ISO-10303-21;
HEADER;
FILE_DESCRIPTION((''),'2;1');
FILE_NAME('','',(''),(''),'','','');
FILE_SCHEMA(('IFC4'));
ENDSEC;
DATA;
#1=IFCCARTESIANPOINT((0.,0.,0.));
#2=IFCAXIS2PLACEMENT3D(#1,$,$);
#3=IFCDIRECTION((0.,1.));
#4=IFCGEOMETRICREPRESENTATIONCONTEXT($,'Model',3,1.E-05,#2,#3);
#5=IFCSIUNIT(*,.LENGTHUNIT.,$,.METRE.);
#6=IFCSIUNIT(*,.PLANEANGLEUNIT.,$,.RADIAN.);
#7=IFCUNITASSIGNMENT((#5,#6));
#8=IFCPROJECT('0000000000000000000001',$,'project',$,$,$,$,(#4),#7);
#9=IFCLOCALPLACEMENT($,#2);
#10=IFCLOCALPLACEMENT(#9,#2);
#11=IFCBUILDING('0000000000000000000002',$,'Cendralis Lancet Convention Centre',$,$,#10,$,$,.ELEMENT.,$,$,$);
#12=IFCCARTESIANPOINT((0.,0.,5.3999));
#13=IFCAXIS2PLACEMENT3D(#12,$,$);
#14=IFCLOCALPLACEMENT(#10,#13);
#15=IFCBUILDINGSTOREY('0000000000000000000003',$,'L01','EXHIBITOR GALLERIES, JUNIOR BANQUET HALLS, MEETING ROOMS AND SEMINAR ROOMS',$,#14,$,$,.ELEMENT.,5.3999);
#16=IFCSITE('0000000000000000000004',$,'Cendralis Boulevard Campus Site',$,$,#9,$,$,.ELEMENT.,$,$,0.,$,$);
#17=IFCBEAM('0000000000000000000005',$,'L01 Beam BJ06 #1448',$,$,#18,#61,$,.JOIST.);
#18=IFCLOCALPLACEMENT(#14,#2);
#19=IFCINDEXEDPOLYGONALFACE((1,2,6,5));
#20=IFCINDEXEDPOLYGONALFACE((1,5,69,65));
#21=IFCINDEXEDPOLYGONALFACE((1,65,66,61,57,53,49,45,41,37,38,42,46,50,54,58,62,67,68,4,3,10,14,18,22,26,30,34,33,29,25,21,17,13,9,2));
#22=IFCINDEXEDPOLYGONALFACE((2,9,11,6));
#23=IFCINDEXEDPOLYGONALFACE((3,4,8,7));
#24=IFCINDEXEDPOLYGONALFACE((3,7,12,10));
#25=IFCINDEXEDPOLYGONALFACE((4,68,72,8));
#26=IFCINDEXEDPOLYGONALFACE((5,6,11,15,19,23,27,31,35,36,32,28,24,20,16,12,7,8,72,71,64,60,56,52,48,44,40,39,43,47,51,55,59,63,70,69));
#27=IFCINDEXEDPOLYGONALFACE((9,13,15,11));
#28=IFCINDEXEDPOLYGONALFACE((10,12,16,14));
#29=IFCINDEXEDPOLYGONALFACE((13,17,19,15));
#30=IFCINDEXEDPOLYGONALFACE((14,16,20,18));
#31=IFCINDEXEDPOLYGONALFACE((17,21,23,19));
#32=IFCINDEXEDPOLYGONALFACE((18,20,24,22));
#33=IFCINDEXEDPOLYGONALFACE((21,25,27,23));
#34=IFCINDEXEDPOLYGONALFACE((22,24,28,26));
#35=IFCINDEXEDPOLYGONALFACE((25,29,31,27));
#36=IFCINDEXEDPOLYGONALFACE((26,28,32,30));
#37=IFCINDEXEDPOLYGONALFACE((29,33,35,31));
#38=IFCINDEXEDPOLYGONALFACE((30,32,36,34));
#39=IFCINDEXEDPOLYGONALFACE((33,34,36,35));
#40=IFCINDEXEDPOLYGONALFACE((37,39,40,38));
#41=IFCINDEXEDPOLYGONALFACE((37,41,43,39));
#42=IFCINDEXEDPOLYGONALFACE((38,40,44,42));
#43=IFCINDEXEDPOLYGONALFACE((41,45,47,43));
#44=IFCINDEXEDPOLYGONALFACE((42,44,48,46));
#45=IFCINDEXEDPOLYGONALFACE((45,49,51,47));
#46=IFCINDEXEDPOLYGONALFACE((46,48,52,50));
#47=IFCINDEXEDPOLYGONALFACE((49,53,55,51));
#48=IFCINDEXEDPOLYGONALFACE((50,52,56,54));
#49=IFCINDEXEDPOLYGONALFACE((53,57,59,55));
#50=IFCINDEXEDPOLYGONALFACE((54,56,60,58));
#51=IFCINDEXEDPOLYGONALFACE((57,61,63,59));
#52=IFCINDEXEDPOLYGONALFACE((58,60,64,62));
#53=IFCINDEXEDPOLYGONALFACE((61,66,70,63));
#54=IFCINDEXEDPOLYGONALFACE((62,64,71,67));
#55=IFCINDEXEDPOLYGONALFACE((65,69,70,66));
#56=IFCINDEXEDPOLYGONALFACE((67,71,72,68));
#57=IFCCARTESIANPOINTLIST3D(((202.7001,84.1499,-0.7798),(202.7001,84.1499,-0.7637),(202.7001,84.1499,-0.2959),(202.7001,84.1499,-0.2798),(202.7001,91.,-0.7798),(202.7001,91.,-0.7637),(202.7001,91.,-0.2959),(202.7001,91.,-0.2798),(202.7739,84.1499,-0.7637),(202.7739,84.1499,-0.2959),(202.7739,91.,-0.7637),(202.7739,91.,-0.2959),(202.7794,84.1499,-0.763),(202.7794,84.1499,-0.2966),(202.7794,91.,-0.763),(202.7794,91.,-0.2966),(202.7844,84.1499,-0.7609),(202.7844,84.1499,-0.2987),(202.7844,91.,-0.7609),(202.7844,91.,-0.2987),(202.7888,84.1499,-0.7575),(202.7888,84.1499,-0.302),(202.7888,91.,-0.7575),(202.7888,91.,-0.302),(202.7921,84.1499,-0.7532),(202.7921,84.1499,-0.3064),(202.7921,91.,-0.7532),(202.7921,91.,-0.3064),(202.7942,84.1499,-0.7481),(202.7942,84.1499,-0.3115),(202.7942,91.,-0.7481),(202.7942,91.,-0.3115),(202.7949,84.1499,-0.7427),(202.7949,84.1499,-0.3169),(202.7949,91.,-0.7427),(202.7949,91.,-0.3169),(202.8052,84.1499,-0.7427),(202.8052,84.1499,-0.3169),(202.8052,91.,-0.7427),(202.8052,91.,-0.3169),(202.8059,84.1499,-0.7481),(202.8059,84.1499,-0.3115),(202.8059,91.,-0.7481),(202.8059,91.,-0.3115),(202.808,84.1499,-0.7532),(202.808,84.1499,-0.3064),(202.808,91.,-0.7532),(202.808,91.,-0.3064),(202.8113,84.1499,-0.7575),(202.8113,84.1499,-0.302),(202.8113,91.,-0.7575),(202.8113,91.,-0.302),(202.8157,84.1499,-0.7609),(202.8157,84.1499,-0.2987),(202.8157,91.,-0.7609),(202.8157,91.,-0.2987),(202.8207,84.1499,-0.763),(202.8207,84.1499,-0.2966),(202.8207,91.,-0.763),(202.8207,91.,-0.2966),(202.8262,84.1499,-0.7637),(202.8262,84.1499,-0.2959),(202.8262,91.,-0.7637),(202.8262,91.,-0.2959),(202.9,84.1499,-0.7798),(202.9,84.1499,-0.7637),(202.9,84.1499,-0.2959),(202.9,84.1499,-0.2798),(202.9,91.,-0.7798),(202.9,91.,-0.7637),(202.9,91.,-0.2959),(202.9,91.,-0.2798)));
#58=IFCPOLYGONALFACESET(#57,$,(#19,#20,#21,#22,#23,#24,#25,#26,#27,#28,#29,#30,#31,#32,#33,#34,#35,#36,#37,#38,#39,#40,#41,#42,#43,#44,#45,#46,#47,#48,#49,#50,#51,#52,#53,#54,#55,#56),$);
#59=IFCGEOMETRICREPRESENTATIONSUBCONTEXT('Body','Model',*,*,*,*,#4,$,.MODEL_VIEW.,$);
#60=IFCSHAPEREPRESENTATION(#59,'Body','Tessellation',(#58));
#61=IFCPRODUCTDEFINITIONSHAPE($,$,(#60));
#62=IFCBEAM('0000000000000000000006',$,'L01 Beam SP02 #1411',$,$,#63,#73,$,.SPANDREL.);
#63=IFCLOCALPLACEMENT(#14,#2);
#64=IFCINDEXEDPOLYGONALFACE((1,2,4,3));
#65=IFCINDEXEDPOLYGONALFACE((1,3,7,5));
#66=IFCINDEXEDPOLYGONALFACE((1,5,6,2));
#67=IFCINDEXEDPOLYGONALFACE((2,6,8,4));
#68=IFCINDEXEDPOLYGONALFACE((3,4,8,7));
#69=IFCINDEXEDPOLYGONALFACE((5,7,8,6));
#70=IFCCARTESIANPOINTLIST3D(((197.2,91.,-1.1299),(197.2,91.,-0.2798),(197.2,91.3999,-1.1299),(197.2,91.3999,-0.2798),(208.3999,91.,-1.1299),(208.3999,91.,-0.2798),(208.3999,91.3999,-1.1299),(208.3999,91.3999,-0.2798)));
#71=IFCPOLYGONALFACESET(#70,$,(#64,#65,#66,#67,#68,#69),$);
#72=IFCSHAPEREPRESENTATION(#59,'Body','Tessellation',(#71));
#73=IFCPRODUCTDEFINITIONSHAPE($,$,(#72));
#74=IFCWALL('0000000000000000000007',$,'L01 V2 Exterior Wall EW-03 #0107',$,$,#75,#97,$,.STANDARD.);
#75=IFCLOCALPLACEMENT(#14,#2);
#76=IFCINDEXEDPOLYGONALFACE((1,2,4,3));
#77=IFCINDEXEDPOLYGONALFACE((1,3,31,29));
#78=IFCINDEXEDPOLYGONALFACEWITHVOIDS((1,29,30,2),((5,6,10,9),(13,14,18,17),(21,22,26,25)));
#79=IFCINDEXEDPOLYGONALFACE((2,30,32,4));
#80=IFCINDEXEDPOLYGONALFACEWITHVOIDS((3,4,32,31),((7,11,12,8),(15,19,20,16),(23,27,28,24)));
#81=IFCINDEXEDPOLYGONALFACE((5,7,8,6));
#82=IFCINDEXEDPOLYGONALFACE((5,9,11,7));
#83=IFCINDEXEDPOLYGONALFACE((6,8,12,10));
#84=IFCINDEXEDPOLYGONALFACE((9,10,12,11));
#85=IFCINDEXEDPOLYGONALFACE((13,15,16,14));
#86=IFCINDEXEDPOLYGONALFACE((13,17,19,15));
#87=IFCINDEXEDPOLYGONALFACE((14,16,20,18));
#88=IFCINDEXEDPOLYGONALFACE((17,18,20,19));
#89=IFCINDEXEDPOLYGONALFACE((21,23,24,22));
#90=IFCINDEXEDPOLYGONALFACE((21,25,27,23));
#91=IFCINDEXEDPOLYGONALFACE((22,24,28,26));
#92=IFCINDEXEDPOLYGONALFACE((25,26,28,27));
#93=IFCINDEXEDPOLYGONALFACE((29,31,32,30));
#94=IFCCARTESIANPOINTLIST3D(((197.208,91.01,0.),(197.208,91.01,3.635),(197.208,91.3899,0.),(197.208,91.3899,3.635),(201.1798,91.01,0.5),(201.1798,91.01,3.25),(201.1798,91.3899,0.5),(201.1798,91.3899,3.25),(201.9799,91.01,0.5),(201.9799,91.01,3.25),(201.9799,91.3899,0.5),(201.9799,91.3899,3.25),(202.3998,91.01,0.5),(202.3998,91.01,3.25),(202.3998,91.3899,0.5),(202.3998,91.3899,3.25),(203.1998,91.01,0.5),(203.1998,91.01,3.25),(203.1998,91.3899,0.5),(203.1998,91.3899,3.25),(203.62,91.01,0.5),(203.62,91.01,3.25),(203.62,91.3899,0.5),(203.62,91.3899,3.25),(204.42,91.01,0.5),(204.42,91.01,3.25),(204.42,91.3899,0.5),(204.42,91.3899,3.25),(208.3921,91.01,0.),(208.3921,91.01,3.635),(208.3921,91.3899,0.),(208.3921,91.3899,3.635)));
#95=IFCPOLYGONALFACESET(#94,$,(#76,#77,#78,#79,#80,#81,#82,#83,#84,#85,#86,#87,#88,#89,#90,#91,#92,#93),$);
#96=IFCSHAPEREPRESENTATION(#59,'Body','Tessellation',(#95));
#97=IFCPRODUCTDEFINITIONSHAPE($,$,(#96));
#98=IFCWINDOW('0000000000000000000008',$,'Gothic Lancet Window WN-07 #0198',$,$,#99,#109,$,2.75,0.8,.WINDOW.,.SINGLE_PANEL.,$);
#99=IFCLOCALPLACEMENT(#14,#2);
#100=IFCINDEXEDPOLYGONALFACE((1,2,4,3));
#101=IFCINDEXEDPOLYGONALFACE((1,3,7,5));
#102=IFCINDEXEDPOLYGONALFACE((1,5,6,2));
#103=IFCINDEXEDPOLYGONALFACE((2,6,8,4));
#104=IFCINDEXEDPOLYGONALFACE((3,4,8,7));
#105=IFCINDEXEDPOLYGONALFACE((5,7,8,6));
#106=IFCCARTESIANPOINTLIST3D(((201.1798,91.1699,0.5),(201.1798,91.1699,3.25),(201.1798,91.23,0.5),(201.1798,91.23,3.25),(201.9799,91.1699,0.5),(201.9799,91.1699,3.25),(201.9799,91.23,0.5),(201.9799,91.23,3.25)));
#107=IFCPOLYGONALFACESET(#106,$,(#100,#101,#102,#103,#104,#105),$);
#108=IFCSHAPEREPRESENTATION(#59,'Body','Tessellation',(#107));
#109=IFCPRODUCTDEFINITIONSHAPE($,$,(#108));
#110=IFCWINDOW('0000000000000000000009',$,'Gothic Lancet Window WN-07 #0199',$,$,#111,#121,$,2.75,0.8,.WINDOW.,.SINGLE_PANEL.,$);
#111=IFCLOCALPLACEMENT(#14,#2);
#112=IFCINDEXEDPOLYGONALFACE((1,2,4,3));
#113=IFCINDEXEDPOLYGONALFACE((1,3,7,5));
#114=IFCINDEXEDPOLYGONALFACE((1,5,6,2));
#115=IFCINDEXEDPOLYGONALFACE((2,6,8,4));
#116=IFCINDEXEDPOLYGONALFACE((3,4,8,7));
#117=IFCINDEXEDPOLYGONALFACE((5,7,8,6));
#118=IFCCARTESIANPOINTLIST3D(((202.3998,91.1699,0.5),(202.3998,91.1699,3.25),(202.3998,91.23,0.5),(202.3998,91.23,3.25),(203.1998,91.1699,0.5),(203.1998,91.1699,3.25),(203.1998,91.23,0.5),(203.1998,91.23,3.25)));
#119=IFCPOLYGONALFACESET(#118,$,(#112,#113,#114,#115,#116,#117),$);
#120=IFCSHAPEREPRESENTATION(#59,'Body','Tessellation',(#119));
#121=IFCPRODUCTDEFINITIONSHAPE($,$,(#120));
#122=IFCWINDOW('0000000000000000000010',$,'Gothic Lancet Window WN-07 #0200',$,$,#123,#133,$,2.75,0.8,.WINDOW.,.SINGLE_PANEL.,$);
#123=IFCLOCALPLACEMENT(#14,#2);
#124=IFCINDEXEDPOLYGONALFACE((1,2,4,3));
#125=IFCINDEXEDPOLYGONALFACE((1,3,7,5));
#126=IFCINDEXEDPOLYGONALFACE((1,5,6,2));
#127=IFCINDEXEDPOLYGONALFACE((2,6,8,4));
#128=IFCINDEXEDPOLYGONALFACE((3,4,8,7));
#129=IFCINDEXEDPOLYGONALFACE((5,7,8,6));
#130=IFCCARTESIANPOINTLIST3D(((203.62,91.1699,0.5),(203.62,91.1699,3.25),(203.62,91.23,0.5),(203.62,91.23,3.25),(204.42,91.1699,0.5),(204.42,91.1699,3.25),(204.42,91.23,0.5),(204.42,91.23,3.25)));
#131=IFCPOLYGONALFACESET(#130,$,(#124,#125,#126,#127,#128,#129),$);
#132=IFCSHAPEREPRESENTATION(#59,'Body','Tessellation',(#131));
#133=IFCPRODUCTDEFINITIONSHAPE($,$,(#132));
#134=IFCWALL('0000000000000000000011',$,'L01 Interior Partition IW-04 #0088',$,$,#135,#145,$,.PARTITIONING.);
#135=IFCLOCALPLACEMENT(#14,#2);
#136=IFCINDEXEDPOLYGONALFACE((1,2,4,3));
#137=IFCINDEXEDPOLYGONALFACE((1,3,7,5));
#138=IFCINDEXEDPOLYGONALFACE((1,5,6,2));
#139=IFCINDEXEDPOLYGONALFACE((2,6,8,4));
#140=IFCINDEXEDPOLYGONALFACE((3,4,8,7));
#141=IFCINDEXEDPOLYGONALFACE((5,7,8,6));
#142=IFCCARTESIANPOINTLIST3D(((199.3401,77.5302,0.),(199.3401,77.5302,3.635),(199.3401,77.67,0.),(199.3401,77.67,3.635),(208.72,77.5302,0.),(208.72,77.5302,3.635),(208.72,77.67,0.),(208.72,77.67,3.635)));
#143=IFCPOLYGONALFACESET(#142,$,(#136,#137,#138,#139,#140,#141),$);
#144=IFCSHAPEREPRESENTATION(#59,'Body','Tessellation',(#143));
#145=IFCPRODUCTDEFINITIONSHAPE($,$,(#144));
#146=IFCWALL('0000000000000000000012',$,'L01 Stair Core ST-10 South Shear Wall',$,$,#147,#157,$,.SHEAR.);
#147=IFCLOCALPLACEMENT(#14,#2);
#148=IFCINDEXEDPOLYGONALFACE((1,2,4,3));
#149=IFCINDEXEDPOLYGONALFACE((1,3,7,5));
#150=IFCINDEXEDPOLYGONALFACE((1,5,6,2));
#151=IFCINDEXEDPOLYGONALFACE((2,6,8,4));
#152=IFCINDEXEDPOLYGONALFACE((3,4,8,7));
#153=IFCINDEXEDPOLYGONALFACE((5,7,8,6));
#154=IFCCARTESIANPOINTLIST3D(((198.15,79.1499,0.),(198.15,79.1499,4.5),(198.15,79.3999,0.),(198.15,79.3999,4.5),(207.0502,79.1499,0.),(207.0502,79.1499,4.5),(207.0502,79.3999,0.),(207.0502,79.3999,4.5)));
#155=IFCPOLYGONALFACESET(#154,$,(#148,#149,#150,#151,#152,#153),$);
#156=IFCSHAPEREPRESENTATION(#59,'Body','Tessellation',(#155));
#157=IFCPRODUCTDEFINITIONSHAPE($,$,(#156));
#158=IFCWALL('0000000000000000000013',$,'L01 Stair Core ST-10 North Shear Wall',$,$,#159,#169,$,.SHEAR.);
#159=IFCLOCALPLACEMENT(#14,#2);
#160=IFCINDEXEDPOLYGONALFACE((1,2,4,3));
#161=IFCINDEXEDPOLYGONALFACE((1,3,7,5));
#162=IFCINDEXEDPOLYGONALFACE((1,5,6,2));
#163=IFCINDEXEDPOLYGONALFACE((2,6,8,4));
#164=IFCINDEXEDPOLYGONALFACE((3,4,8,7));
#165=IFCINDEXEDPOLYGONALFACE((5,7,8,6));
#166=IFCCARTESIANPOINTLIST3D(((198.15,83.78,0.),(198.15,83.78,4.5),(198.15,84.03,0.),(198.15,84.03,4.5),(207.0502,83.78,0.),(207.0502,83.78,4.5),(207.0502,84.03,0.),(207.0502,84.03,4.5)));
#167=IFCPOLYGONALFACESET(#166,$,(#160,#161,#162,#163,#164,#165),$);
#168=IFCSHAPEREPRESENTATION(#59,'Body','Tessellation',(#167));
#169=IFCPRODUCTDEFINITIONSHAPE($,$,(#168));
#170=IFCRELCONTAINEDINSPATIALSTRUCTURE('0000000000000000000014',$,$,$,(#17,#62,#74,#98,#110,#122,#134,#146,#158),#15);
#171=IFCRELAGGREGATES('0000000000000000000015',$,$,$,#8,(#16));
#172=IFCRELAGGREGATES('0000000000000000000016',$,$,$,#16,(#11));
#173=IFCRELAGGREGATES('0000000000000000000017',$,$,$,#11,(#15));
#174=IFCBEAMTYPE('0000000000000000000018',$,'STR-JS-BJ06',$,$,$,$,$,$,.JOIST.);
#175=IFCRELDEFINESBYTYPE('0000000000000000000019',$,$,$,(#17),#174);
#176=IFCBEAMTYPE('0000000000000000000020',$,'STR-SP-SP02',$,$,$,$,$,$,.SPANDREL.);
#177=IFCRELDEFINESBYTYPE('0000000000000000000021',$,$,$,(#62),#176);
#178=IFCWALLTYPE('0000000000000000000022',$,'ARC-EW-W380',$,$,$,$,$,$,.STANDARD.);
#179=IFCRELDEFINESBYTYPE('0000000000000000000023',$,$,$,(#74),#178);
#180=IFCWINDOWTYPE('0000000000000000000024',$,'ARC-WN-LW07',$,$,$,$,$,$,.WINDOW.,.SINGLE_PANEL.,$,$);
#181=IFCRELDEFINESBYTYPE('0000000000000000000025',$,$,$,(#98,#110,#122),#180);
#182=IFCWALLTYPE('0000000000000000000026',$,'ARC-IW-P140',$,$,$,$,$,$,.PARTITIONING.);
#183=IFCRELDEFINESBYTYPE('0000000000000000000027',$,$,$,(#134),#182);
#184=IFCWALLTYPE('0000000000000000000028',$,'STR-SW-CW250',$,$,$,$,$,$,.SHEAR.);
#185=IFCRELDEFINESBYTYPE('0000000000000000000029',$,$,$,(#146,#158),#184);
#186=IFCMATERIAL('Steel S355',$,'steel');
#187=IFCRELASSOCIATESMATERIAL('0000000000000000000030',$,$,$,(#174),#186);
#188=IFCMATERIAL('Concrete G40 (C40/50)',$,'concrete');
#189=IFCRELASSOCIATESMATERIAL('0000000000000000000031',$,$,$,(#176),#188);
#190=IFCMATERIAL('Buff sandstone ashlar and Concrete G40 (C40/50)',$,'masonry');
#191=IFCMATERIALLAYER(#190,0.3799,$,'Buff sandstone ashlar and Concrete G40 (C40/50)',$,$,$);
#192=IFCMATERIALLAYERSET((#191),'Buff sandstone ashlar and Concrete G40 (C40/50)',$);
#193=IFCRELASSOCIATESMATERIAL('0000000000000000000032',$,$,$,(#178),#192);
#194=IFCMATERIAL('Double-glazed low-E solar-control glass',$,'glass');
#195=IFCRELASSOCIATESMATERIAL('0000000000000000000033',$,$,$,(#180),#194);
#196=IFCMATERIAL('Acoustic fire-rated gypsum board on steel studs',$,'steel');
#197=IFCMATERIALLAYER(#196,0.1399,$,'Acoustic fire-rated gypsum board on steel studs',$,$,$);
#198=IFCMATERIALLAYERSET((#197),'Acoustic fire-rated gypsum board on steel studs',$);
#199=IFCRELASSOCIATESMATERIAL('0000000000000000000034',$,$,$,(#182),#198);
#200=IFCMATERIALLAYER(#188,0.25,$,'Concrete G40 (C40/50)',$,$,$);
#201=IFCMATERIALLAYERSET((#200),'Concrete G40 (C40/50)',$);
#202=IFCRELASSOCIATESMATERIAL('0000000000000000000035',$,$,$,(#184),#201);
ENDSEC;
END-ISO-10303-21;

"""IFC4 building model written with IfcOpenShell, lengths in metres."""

from ifc_helpers import new_model, si_unit, direction, frame, frame_2d, origin, origin_2d, place, context, subcontext, project, spatial, rectangle, i_section, extrude, material, layer, layer_set, material_profile, profile_set, type_object, element, fill, save


model = new_model("IFC4")

# Units and contexts
model_context = context("Model", 3, precision=1e-05, world=origin(), true_north=direction((0.0, 1.0)))
body_context = subcontext(model_context, "Body", "Model", "MODEL_VIEW")
ifc_project = project(units=[si_unit("LENGTHUNIT", "METRE"), si_unit("PLANEANGLEUNIT", "RADIAN")], contexts=[model_context])

# Site, building, storey
site_placement = place(None, origin())
site = spatial("IfcSite", under=ifc_project, at=site_placement, Name="Cendralis Boulevard Campus Site", CompositionType="ELEMENT", RefElevation=0.0)
building_placement = place(site_placement, origin())
building = spatial("IfcBuilding", under=site, at=building_placement, Name="Cendralis Lancet Convention Centre", CompositionType="ELEMENT")
storey_placement = place(building_placement, frame((0.0, 0.0, 5.3999)))
storey = spatial("IfcBuildingStorey", under=building, at=storey_placement, Name="L01", Description="EXHIBITOR GALLERIES, JUNIOR BANQUET HALLS, MEETING ROOMS AND SEMINAR ROOMS", CompositionType="ELEMENT", Elevation=5.3999)

# Shared definitions
ifc_material_1 = material(Name="Concrete G40 (C40/50)", Category="concrete")

# Beams
ifc_material_2 = material(Name="Steel S355", Category="steel")
ifc_material_profile_1 = material_profile(ifc_material_2, i_section(OverallWidth=0.2, OverallDepth=0.5, WebThickness=0.0103, FlangeThickness=0.0161, FilletRadius=0.021, at=origin_2d()), Name="IPE 500")
ifc_profile_set_1 = profile_set([ifc_material_profile_1], Name="Steel S355")
beam_type_1 = type_object("IfcBeamType", Name="STR-JS-BJ06", PredefinedType="JOIST", material=ifc_profile_set_1)
beam_1_placement = place(storey_placement, frame((202.8, 84.1499, -0.5298), z_axis=(0.0, 1.0, 0.0), x_axis=(-1.0, 0.0, 0.0)))
element("IfcBeam", 1, at=beam_1_placement, inside=storey, type_object=beam_type_1, Name="L01 Beam BJ06 #1448", PredefinedType="JOIST", context=body_context, shape_type="SweptSolid", body=[
    extrude(i_section(OverallWidth=0.2, OverallDepth=0.5, WebThickness=0.0103, FlangeThickness=0.0161, FilletRadius=0.021, at=origin_2d()), origin(), (0.0, 0.0, 1.0), 6.8501),
])
ifc_material_profile_2 = material_profile(ifc_material_1, rectangle(XDim=0.3999, YDim=0.8501, at=origin_2d()), Name="RCB 400x850")
ifc_profile_set_2 = profile_set([ifc_material_profile_2], Name="Concrete G40 (C40/50)")
beam_type_2 = type_object("IfcBeamType", Name="STR-SP-SP02", PredefinedType="SPANDREL", material=ifc_profile_set_2)
beam_2_placement = place(storey_placement, frame((197.2, 91.2, -0.7048), z_axis=(1.0, 0.0, 0.0), x_axis=(0.0, 1.0, 0.0)))
element("IfcBeam", 2, at=beam_2_placement, inside=storey, type_object=beam_type_2, Name="L01 Beam SP02 #1411", PredefinedType="SPANDREL", context=body_context, shape_type="SweptSolid", body=[
    extrude(rectangle(XDim=0.3999, YDim=0.8501, at=origin_2d()), origin(), (0.0, 0.0, 1.0), 11.2),
])

# Wall, openings, windows
ifc_material_3 = material(Name="Buff sandstone ashlar and Concrete G40 (C40/50)", Category="masonry")
ifc_layer_1 = layer(ifc_material_3, 0.3799, Name="Buff sandstone ashlar and Concrete G40 (C40/50)")
ifc_layer_set_1 = layer_set([ifc_layer_1], Name="Buff sandstone ashlar and Concrete G40 (C40/50)")
wall_type_1 = type_object("IfcWallType", Name="ARC-EW-W380", PredefinedType="STANDARD", material=ifc_layer_set_1)
wall_1_placement = place(storey_placement, frame((197.208, 91.2, 0.0), z_axis=(0.0, 0.0, 1.0), x_axis=(1.0, 0.0, 0.0)))
wall_1 = element("IfcWall", 3, at=wall_1_placement, inside=storey, type_object=wall_type_1, Name="L01 V2 Exterior Wall EW-03 #0107", PredefinedType="STANDARD", context=body_context, shape_type="SweptSolid", body=[
    extrude(rectangle(XDim=11.1841, YDim=0.3799, at=frame_2d((5.592, 0.0))), origin(), (0.0, 0.0, 1.0), 3.635),
])
opening_1_placement = place(wall_1_placement, frame((3.9719, 0.0, 0.5)))
opening_1 = element("IfcOpeningElement", 4, at=opening_1_placement, cuts=wall_1, PredefinedType="OPENING", context=body_context, shape_type="SweptSolid", body=[
    extrude(rectangle(XDim=0.8, YDim=2.75, at=frame_2d((0.3999, 1.375))), frame((0.0, 0.2, 0.0), z_axis=(0.0, -1.0, 0.0), x_axis=(1.0, 0.0, 0.0)), (0.0, 0.0, 1.0), 0.3999),
])
opening_2_placement = place(wall_1_placement, frame((5.1919, 0.0, 0.5)))
opening_2 = element("IfcOpeningElement", 5, at=opening_2_placement, cuts=wall_1, PredefinedType="OPENING", context=body_context, shape_type="SweptSolid", body=[
    extrude(rectangle(XDim=0.8, YDim=2.75, at=frame_2d((0.3999, 1.375))), frame((0.0, 0.2, 0.0), z_axis=(0.0, -1.0, 0.0), x_axis=(1.0, 0.0, 0.0)), (0.0, 0.0, 1.0), 0.3999),
])
opening_3_placement = place(wall_1_placement, frame((6.4121, 0.0, 0.5)))
opening_3 = element("IfcOpeningElement", 6, at=opening_3_placement, cuts=wall_1, PredefinedType="OPENING", context=body_context, shape_type="SweptSolid", body=[
    extrude(rectangle(XDim=0.8, YDim=2.75, at=frame_2d((0.3999, 1.375))), frame((0.0, 0.2, 0.0), z_axis=(0.0, -1.0, 0.0), x_axis=(1.0, 0.0, 0.0)), (0.0, 0.0, 1.0), 0.3999),
])
ifc_material_4 = material(Name="Double-glazed low-E solar-control glass", Category="glass")
window_type = type_object("IfcWindowType", Name="ARC-WN-LW07", PartitioningType="SINGLE_PANEL", PredefinedType="WINDOW", material=ifc_material_4)
window_1_placement = place(opening_1_placement, origin())
window_1 = element("IfcWindow", 7, at=window_1_placement, inside=storey, type_object=window_type, Name="Gothic Lancet Window WN-07 #0198", OverallHeight=2.75, OverallWidth=0.8, PartitioningType="SINGLE_PANEL", PredefinedType="WINDOW", context=body_context, shape_type="SweptSolid", body=[
    extrude(rectangle(XDim=0.8, YDim=2.75, at=frame_2d((0.3999, 1.375))), frame((0.0, 0.03, 0.0), z_axis=(0.0, -1.0, 0.0), x_axis=(1.0, 0.0, 0.0)), (0.0, 0.0, 1.0), 0.0601),
])
fill(opening_1, window_1)
window_2_placement = place(opening_2_placement, origin())
window_2 = element("IfcWindow", 8, at=window_2_placement, inside=storey, type_object=window_type, Name="Gothic Lancet Window WN-07 #0199", OverallHeight=2.75, OverallWidth=0.8, PartitioningType="SINGLE_PANEL", PredefinedType="WINDOW", context=body_context, shape_type="SweptSolid", body=[
    extrude(rectangle(XDim=0.8, YDim=2.75, at=frame_2d((0.3999, 1.375))), frame((0.0, 0.03, 0.0), z_axis=(0.0, -1.0, 0.0), x_axis=(1.0, 0.0, 0.0)), (0.0, 0.0, 1.0), 0.0601),
])
fill(opening_2, window_2)
window_3_placement = place(opening_3_placement, origin())
window_3 = element("IfcWindow", 9, at=window_3_placement, inside=storey, type_object=window_type, Name="Gothic Lancet Window WN-07 #0200", OverallHeight=2.75, OverallWidth=0.8, PartitioningType="SINGLE_PANEL", PredefinedType="WINDOW", context=body_context, shape_type="SweptSolid", body=[
    extrude(rectangle(XDim=0.8, YDim=2.75, at=frame_2d((0.3999, 1.375))), frame((0.0, 0.03, 0.0), z_axis=(0.0, -1.0, 0.0), x_axis=(1.0, 0.0, 0.0)), (0.0, 0.0, 1.0), 0.0601),
])
fill(opening_3, window_3)

# Wall
ifc_material_5 = material(Name="Acoustic fire-rated gypsum board on steel studs", Category="steel")
ifc_layer_2 = layer(ifc_material_5, 0.1399, Name="Acoustic fire-rated gypsum board on steel studs")
ifc_layer_set_2 = layer_set([ifc_layer_2], Name="Acoustic fire-rated gypsum board on steel studs")
wall_type_2 = type_object("IfcWallType", Name="ARC-IW-P140", PredefinedType="PARTITIONING", material=ifc_layer_set_2)
wall_2_placement = place(storey_placement, frame((199.3401, 77.6001, 0.0), z_axis=(0.0, 0.0, 1.0), x_axis=(1.0, 0.0, 0.0)))
element("IfcWall", 10, at=wall_2_placement, inside=storey, type_object=wall_type_2, Name="L01 Interior Partition IW-04 #0088", PredefinedType="PARTITIONING", context=body_context, shape_type="SweptSolid", body=[
    extrude(rectangle(XDim=9.3799, YDim=0.1399, at=frame_2d((4.6899, 0.0))), origin(), (0.0, 0.0, 1.0), 3.635),
])

# Shared definitions
ifc_layer_3 = layer(ifc_material_1, 0.25, Name="Concrete G40 (C40/50)")
ifc_layer_set_3 = layer_set([ifc_layer_3], Name="Concrete G40 (C40/50)")
wall_type_3 = type_object("IfcWallType", Name="STR-SW-CW250", PredefinedType="SHEAR", material=ifc_layer_set_3)

# Walls
for number, where, z_axis, x_axis, name in (
    (11, (198.1499, 79.2749, 0.0), (0.0, 0.0, 1.0), (1.0, 0.0, 0.0), "L01 Stair Core ST-10 South Shear Wall"),
    (12, (198.1499, 83.905, 0.0), (0.0, 0.0, 1.0), (1.0, 0.0, 0.0), "L01 Stair Core ST-10 North Shear Wall"),
):
    element("IfcWall", number, at=place(storey_placement, frame(where, z_axis=z_axis, x_axis=x_axis)), inside=storey, type_object=wall_type_3, Name=name, PredefinedType="SHEAR", context=body_context, shape_type="SweptSolid", body=[
        extrude(rectangle(XDim=8.9001, YDim=0.25, at=frame_2d((4.4502, 0.0))), origin(), (0.0, 0.0, 1.0), 4.5),
    ])

save(model, "model.ifc")
